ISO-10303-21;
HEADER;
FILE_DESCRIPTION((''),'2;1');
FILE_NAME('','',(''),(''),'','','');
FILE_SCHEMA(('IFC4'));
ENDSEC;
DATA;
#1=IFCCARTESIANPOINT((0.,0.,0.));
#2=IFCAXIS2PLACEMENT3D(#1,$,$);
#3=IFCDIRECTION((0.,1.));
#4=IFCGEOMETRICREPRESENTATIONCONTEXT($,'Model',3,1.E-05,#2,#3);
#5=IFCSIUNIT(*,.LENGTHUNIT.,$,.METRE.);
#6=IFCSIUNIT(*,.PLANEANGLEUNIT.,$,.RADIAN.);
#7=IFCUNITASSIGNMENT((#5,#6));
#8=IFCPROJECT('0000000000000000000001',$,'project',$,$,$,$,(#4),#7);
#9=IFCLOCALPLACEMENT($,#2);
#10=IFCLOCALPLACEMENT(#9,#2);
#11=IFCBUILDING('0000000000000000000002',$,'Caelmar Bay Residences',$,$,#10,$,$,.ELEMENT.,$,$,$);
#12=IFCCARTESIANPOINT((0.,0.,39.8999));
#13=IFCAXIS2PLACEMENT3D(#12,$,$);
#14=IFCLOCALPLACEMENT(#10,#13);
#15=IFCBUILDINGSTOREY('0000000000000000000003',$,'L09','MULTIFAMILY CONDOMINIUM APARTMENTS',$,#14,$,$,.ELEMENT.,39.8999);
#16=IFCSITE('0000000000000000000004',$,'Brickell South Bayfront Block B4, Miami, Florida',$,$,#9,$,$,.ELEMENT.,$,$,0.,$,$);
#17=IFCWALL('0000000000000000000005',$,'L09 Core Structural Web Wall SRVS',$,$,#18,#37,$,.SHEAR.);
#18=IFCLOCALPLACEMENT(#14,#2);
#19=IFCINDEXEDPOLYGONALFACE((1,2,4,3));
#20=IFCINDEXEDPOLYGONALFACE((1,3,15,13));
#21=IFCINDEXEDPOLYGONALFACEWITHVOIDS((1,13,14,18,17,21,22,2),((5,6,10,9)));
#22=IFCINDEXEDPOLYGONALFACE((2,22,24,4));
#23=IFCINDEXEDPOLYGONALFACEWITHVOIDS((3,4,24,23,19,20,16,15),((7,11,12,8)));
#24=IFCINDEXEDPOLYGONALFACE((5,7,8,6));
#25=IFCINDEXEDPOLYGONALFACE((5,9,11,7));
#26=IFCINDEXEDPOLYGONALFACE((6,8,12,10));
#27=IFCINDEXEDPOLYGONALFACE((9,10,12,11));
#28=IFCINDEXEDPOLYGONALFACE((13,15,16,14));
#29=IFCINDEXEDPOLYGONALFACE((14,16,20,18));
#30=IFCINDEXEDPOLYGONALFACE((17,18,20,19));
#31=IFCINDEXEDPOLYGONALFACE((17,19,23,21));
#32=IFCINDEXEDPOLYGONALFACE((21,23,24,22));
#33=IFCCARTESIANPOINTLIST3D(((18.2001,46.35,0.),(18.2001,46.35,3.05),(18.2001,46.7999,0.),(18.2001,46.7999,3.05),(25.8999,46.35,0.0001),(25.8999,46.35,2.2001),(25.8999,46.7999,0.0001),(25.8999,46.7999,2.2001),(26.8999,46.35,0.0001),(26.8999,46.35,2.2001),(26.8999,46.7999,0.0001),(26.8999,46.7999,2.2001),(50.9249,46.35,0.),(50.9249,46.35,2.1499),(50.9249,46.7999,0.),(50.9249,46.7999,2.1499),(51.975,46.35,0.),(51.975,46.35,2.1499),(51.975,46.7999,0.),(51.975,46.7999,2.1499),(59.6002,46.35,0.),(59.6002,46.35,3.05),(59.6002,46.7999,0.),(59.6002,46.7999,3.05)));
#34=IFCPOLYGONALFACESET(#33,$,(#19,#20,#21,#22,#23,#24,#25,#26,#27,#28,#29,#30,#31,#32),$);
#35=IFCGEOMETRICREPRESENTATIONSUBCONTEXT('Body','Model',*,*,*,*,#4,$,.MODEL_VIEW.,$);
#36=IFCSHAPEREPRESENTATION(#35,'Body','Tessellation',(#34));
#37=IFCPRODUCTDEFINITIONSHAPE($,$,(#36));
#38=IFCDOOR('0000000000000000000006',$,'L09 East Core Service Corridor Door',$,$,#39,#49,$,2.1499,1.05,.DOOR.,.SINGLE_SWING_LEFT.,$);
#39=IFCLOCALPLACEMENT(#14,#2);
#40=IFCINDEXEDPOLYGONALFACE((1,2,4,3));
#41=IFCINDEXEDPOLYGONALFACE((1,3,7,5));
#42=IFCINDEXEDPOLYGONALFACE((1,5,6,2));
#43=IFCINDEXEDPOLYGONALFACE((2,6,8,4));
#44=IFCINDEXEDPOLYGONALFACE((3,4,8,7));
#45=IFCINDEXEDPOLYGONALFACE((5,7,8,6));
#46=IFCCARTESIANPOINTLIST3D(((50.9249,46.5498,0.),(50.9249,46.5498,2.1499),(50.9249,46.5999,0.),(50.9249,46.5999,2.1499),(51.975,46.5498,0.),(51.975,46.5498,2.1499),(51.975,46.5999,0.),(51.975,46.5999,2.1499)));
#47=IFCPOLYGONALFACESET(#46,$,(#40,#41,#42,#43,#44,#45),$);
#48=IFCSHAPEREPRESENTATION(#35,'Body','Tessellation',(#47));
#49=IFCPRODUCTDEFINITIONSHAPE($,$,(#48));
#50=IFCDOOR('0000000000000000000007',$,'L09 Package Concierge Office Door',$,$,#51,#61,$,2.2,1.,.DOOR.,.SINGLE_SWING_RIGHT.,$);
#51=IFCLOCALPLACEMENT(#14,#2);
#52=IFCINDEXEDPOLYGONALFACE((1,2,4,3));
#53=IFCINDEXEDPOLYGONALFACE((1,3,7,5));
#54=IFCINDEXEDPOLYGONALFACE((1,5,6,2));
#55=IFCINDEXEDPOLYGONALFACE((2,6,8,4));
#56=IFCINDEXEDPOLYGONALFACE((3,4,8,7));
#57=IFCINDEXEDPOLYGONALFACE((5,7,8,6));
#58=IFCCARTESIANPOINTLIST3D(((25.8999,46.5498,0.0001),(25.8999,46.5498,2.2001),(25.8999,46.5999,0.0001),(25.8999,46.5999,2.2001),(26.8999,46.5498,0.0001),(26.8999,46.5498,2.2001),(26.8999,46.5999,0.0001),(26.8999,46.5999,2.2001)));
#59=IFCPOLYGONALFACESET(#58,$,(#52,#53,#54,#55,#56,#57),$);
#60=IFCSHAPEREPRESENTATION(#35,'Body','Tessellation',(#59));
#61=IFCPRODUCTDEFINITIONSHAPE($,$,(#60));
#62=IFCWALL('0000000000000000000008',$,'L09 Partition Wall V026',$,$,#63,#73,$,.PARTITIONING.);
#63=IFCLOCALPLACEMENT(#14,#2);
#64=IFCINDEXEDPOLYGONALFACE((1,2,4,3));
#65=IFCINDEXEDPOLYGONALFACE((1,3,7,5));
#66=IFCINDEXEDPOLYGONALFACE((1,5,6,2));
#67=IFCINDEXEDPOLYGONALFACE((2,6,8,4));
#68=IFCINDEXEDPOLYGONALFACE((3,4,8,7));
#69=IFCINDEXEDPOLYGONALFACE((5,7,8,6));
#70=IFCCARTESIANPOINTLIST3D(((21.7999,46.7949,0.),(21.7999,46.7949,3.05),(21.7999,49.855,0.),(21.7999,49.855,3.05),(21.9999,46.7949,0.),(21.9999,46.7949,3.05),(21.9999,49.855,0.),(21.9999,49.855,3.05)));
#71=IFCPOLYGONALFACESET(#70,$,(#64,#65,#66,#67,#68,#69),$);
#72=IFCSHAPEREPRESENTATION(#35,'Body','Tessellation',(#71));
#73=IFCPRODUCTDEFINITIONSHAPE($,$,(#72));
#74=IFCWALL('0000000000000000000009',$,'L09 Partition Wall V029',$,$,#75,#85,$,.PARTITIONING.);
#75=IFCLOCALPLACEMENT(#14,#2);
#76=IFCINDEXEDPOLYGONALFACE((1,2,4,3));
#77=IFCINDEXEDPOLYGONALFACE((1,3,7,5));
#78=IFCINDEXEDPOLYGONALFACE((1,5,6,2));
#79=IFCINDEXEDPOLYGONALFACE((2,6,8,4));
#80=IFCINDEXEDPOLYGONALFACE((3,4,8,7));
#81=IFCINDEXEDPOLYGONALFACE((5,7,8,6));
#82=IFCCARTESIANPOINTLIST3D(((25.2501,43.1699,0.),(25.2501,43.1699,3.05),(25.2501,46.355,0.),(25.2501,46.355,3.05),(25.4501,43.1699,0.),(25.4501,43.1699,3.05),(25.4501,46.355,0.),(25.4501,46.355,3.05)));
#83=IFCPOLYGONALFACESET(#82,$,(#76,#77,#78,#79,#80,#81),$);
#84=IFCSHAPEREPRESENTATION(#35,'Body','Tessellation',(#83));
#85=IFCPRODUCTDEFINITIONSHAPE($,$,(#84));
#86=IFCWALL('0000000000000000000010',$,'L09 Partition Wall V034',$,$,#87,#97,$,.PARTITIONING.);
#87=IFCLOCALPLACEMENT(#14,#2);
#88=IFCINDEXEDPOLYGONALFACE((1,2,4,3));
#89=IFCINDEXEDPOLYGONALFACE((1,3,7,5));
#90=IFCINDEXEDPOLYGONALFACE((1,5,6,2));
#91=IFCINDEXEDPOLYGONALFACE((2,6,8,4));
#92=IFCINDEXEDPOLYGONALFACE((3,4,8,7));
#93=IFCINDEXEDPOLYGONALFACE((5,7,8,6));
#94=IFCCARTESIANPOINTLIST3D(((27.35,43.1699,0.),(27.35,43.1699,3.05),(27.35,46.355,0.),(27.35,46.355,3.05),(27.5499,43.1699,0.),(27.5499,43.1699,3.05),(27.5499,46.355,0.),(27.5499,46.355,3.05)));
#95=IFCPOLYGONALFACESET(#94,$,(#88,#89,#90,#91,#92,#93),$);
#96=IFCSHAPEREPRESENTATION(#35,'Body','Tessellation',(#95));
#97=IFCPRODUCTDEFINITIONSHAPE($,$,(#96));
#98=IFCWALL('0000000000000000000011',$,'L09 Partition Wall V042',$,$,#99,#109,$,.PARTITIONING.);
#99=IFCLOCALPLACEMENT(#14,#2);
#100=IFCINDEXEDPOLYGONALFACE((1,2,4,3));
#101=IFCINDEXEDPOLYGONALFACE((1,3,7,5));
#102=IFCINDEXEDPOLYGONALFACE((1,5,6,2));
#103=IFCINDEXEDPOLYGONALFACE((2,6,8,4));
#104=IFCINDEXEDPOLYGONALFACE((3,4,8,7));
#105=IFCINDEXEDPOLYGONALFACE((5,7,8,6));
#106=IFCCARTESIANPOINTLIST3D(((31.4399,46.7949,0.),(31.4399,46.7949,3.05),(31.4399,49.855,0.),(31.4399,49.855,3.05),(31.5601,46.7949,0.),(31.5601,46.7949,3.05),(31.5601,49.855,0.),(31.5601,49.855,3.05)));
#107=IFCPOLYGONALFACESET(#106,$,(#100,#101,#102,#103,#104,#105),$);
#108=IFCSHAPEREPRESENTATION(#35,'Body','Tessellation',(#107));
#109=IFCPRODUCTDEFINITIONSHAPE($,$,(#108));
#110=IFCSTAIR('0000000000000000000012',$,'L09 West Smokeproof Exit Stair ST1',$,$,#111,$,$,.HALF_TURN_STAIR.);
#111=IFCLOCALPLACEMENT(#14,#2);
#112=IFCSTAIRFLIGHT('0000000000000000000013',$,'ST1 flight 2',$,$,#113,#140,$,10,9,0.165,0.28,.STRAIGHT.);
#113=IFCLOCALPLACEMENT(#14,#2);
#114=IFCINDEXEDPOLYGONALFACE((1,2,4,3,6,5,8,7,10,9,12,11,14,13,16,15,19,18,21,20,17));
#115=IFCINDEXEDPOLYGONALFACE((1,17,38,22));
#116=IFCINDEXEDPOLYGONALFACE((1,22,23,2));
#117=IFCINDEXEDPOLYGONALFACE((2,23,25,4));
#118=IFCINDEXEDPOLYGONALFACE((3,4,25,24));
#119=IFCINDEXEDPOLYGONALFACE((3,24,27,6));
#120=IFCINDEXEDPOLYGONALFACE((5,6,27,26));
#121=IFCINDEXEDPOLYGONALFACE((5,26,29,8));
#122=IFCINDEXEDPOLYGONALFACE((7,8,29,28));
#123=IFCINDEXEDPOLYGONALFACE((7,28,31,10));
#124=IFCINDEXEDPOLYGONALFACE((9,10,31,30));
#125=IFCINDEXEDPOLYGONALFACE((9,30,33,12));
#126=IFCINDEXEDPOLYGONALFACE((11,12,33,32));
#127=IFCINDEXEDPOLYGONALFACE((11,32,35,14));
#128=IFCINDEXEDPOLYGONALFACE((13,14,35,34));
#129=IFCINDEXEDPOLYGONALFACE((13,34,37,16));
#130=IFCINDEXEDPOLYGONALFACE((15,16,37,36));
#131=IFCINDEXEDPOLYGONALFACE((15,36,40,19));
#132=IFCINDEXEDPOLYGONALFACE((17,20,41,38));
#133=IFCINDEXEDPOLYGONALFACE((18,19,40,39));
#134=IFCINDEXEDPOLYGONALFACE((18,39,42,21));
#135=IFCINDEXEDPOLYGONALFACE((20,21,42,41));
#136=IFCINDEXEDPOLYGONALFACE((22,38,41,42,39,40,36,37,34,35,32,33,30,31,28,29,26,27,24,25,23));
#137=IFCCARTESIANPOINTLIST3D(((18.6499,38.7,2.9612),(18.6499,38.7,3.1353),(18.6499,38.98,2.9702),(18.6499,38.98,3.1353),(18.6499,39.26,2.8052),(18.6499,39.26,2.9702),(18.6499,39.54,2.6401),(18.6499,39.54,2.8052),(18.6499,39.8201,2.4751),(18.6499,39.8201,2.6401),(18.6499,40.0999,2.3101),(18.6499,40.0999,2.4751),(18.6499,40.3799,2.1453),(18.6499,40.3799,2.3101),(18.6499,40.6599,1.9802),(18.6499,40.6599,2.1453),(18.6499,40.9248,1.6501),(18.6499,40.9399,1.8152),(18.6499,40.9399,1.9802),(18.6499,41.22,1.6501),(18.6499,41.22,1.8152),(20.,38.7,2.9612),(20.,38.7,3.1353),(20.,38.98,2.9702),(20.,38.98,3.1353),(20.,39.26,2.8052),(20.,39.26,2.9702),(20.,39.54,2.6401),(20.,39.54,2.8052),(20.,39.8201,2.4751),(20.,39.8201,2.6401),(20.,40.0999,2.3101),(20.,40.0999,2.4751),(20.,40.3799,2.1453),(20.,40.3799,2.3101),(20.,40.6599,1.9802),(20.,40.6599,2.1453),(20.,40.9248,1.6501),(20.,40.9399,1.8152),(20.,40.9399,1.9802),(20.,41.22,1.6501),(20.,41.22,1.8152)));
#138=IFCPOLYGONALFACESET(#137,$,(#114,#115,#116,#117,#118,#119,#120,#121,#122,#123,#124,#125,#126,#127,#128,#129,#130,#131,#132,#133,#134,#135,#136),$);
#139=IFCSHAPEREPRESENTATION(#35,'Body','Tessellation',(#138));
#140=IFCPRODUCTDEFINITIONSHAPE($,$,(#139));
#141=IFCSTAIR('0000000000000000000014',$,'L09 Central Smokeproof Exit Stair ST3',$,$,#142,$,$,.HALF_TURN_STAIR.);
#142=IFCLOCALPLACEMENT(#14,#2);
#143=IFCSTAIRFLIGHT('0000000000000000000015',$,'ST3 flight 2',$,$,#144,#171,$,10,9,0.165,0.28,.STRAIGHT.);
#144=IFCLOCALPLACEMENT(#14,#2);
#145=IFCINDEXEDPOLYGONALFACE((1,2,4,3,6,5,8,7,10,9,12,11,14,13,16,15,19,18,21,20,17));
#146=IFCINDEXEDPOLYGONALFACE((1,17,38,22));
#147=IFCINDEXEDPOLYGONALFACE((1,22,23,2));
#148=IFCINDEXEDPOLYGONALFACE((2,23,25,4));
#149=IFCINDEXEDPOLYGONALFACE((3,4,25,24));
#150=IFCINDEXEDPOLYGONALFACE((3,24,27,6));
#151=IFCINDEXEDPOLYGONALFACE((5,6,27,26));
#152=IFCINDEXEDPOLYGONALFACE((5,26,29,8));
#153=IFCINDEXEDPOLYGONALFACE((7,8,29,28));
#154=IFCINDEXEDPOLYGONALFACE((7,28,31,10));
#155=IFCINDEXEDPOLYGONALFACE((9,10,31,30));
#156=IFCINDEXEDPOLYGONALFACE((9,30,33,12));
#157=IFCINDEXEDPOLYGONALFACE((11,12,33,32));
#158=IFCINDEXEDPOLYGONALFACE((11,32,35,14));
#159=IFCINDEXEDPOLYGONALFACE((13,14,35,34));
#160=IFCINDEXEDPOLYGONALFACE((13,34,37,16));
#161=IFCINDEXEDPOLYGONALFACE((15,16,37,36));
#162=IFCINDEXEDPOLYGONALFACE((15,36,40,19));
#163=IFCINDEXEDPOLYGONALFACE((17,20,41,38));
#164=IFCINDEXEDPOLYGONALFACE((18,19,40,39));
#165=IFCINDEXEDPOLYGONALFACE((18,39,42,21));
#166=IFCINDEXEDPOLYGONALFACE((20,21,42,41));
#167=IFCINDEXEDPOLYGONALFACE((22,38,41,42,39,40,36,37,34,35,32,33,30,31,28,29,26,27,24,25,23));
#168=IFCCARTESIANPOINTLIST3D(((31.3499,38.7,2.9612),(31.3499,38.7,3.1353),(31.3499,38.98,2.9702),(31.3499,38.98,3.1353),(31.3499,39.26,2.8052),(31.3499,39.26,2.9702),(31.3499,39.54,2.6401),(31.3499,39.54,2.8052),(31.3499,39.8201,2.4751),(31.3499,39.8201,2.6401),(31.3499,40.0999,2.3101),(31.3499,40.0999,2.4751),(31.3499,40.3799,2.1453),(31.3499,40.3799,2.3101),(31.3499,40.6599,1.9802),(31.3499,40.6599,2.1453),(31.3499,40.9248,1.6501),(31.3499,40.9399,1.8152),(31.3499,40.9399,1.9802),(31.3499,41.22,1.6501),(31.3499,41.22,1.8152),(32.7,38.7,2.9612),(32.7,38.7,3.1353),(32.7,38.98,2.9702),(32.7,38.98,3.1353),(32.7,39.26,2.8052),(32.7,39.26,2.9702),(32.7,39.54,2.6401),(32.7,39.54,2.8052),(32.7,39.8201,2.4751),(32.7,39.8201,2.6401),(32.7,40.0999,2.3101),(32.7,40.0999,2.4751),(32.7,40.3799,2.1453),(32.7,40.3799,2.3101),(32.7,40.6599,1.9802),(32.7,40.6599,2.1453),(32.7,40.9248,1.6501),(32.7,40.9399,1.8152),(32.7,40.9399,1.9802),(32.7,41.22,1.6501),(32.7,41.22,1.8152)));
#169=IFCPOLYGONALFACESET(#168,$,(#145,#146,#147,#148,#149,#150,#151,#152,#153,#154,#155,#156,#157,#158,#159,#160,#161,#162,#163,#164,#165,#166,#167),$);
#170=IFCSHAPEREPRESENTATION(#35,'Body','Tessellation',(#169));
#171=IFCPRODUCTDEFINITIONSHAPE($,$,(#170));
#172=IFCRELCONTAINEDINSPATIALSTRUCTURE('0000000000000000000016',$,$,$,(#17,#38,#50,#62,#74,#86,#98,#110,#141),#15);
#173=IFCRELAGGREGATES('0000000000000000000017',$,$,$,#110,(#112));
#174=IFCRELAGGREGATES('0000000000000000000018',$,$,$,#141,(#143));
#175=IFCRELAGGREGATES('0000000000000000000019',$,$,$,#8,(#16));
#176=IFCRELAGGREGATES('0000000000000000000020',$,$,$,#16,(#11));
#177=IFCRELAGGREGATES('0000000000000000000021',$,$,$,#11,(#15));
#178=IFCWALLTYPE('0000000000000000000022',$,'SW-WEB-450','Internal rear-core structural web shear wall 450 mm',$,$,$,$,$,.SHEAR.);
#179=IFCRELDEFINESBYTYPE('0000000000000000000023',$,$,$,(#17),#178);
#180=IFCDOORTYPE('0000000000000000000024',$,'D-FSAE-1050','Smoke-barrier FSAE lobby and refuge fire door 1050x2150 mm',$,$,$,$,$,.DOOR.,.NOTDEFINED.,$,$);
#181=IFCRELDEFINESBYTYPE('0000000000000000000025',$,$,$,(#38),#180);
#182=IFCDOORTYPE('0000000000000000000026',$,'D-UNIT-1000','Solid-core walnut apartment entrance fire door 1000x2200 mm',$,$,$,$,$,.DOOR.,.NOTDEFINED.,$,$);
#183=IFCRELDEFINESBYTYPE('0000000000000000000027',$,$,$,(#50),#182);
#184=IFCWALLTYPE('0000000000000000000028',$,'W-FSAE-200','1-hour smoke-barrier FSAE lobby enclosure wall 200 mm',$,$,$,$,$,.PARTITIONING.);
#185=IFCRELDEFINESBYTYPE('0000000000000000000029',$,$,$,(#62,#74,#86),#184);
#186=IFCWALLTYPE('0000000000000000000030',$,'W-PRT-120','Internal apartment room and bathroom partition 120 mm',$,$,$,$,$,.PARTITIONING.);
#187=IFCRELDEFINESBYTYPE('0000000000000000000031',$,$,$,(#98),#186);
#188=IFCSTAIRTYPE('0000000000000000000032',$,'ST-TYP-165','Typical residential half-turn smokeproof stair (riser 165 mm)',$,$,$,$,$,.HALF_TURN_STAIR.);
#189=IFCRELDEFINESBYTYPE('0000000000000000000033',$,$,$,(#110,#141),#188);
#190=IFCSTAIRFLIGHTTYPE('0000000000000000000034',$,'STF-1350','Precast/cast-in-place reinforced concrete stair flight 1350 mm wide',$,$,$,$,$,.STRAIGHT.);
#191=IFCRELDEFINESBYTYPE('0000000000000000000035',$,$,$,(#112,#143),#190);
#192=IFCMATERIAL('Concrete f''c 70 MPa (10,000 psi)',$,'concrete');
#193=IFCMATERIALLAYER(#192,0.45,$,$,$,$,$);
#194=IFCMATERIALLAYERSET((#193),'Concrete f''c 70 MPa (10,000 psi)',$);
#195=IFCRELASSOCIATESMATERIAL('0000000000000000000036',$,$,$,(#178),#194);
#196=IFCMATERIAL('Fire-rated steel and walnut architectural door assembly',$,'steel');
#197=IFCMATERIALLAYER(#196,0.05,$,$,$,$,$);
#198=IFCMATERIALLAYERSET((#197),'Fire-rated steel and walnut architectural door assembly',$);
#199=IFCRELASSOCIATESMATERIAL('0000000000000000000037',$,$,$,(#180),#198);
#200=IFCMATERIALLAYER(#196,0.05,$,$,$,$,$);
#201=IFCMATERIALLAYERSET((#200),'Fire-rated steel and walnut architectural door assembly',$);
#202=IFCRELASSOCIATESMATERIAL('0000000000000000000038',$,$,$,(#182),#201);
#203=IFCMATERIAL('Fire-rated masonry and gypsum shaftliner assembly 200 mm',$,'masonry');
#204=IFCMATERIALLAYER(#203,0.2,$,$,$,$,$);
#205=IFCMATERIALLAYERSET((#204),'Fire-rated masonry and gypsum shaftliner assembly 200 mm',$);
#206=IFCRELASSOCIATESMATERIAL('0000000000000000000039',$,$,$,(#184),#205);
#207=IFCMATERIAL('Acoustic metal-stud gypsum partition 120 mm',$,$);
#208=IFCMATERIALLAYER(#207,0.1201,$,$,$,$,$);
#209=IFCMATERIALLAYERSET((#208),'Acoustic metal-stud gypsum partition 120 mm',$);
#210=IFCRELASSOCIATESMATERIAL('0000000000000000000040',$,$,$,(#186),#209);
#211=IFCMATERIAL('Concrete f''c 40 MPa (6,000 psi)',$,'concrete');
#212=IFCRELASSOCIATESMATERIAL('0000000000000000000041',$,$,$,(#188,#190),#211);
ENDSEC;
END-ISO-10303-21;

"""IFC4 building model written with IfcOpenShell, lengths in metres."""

from ifc_helpers import new_model, si_unit, direction, frame, frame_2d, origin, place, context, subcontext, project, spatial, polyline, rectangle, outline, extrude, material, layer, layer_set, type_object, element, fill, aggregate, save


model = new_model("IFC4")

# Units and contexts
model_context = context("Model", 3, precision=1e-05, world=origin(), true_north=direction((0.0, 1.0)))
body_context = subcontext(model_context, "Body", "Model", "MODEL_VIEW")
ifc_project = project(units=[si_unit("LENGTHUNIT", "METRE"), si_unit("PLANEANGLEUNIT", "RADIAN")], contexts=[model_context])

# Site, building, storey
site_placement = place(None, origin())
site = spatial("IfcSite", under=ifc_project, at=site_placement, Name="Brickell South Bayfront Block B4, Miami, Florida", CompositionType="ELEMENT", RefElevation=0.0)
building_placement = place(site_placement, origin())
building = spatial("IfcBuilding", under=site, at=building_placement, Name="Caelmar Bay Residences", CompositionType="ELEMENT")
storey_placement = place(building_placement, frame((0.0, 0.0, 39.8999)))
storey = spatial("IfcBuildingStorey", under=building, at=storey_placement, Name="L09", Description="MULTIFAMILY CONDOMINIUM APARTMENTS", CompositionType="ELEMENT", Elevation=39.8999)

# Shared definitions
ifc_material_1 = material(Name="Concrete f'c 70 MPa (10,000 psi)", Category="concrete")

# Wall, openings, doors
ifc_layer_1 = layer(ifc_material_1, 0.45)
ifc_layer_set_1 = layer_set([ifc_layer_1], Name="Concrete f'c 70 MPa (10,000 psi)")
wall_type_1 = type_object("IfcWallType", Name="SW-WEB-450", Description="Internal rear-core structural web shear wall 450 mm", PredefinedType="SHEAR", material=ifc_layer_set_1)
ifc_material_2 = material(Name="Fire-rated steel and walnut architectural door assembly", Category="steel")
ifc_layer_2 = layer(ifc_material_2, 0.05)
ifc_layer_set_2 = layer_set([ifc_layer_2], Name="Fire-rated steel and walnut architectural door assembly")
door_type_1 = type_object("IfcDoorType", Name="D-FSAE-1050", Description="Smoke-barrier FSAE lobby and refuge fire door 1050x2150 mm", OperationType="NOTDEFINED", PredefinedType="DOOR", material=ifc_layer_set_2)
wall_1_placement = place(storey_placement, frame((18.2, 46.575, 0.0), z_axis=(0.0, 0.0, 1.0), x_axis=(1.0, 0.0, 0.0)))
wall_1 = element("IfcWall", 1, at=wall_1_placement, inside=storey, type_object=wall_type_1, Name="L09 Core Structural Web Wall SRVS", PredefinedType="SHEAR", context=body_context, shape_type="SweptSolid", body=[
    extrude(rectangle(XDim=41.4001, YDim=0.45, at=frame_2d((20.7002, 0.0))), origin(), (0.0, 0.0, 1.0), 3.05),
])
opening_1_placement = place(wall_1_placement, frame((7.7, 0.0, 0.0)))
opening_1 = element("IfcOpeningElement", 2, at=opening_1_placement, cuts=wall_1, PredefinedType="OPENING", context=body_context, shape_type="SweptSolid", body=[
    extrude(rectangle(XDim=1.0, YDim=2.2, at=frame_2d((0.5, 1.1001))), frame((0.0, 0.2349, 0.0), z_axis=(0.0, -1.0, 0.0), x_axis=(1.0, 0.0, 0.0)), (0.0, 0.0, 1.0), 0.47),
])
opening_2_placement = place(wall_1_placement, frame((32.7251, 0.0, 0.0)))
opening_2 = element("IfcOpeningElement", 3, at=opening_2_placement, cuts=wall_1, PredefinedType="OPENING", context=body_context, shape_type="SweptSolid", body=[
    extrude(rectangle(XDim=1.05, YDim=2.1499, at=frame_2d((0.5249, 1.075))), frame((0.0, 0.2349, 0.0), z_axis=(0.0, -1.0, 0.0), x_axis=(1.0, 0.0, 0.0)), (0.0, 0.0, 1.0), 0.47),
])
door_1_placement = place(opening_2_placement, origin())
door_1 = element("IfcDoor", 4, at=door_1_placement, inside=storey, type_object=door_type_1, Name="L09 East Core Service Corridor Door", OperationType="SINGLE_SWING_LEFT", OverallHeight=2.1499, OverallWidth=1.05, PredefinedType="DOOR", context=body_context, shape_type="SweptSolid", body=[
    extrude(rectangle(XDim=1.05, YDim=2.1499, at=frame_2d((0.5249, 1.075))), frame((0.0, 0.0249, 0.0), z_axis=(0.0, -1.0, 0.0), x_axis=(1.0, 0.0, 0.0)), (0.0, 0.0, 1.0), 0.05),
])
fill(opening_2, door_1)
ifc_layer_3 = layer(ifc_material_2, 0.05)
ifc_layer_set_3 = layer_set([ifc_layer_3], Name="Fire-rated steel and walnut architectural door assembly")
door_type_2 = type_object("IfcDoorType", Name="D-UNIT-1000", Description="Solid-core walnut apartment entrance fire door 1000x2200 mm", OperationType="NOTDEFINED", PredefinedType="DOOR", material=ifc_layer_set_3)
door_2_placement = place(opening_1_placement, origin())
door_2 = element("IfcDoor", 5, at=door_2_placement, inside=storey, type_object=door_type_2, Name="L09 Package Concierge Office Door", OperationType="SINGLE_SWING_RIGHT", OverallHeight=2.2, OverallWidth=1.0, PredefinedType="DOOR", context=body_context, shape_type="SweptSolid", body=[
    extrude(rectangle(XDim=1.0, YDim=2.2, at=frame_2d((0.5, 1.1001))), frame((0.0, 0.0249, 0.0), z_axis=(0.0, -1.0, 0.0), x_axis=(1.0, 0.0, 0.0)), (0.0, 0.0, 1.0), 0.05),
])
fill(opening_1, door_2)

# Walls
ifc_material_3 = material(Name="Fire-rated masonry and gypsum shaftliner assembly 200 mm", Category="masonry")
ifc_layer_4 = layer(ifc_material_3, 0.2)
ifc_layer_set_4 = layer_set([ifc_layer_4], Name="Fire-rated masonry and gypsum shaftliner assembly 200 mm")
wall_type_2 = type_object("IfcWallType", Name="W-FSAE-200", Description="1-hour smoke-barrier FSAE lobby enclosure wall 200 mm", PredefinedType="PARTITIONING", material=ifc_layer_set_4)
wall_2_placement = place(storey_placement, frame((21.8999, 46.7949, 0.0), z_axis=(0.0, 0.0, 1.0), x_axis=(0.0, 1.0, 0.0)))
element("IfcWall", 6, at=wall_2_placement, inside=storey, type_object=wall_type_2, Name="L09 Partition Wall V026", PredefinedType="PARTITIONING", context=body_context, shape_type="SweptSolid", body=[
    extrude(rectangle(XDim=3.0601, YDim=0.2, at=frame_2d((1.53, 0.0))), origin(), (0.0, 0.0, 1.0), 3.05),
])
for number, where, z_axis, x_axis, name in (
    (7, (25.3501, 43.1699, 0.0), (0.0, 0.0, 1.0), (0.0, 1.0, 0.0), "L09 Partition Wall V029"),
    (8, (27.45, 43.1699, 0.0), (0.0, 0.0, 1.0), (0.0, 1.0, 0.0), "L09 Partition Wall V034"),
):
    element("IfcWall", number, at=place(storey_placement, frame(where, z_axis=z_axis, x_axis=x_axis)), inside=storey, type_object=wall_type_2, Name=name, PredefinedType="PARTITIONING", context=body_context, shape_type="SweptSolid", body=[
        extrude(rectangle(XDim=3.1851, YDim=0.2, at=frame_2d((1.5925, 0.0))), origin(), (0.0, 0.0, 1.0), 3.05),
    ])
ifc_material_4 = material(Name="Acoustic metal-stud gypsum partition 120 mm")
ifc_layer_5 = layer(ifc_material_4, 0.1201)
ifc_layer_set_5 = layer_set([ifc_layer_5], Name="Acoustic metal-stud gypsum partition 120 mm")
wall_type_3 = type_object("IfcWallType", Name="W-PRT-120", Description="Internal apartment room and bathroom partition 120 mm", PredefinedType="PARTITIONING", material=ifc_layer_set_5)
wall_3_placement = place(storey_placement, frame((31.5, 46.7949, 0.0), z_axis=(0.0, 0.0, 1.0), x_axis=(0.0, 1.0, 0.0)))
element("IfcWall", 9, at=wall_3_placement, inside=storey, type_object=wall_type_3, Name="L09 Partition Wall V042", PredefinedType="PARTITIONING", context=body_context, shape_type="SweptSolid", body=[
    extrude(rectangle(XDim=3.0601, YDim=0.1201, at=frame_2d((1.53, 0.0))), origin(), (0.0, 0.0, 1.0), 3.05),
])

# Stairs, stair flights
ifc_material_5 = material(Name="Concrete f'c 40 MPa (6,000 psi)", Category="concrete")
stair_type = type_object("IfcStairType", Name="ST-TYP-165", Description="Typical residential half-turn smokeproof stair (riser 165 mm)", PredefinedType="HALF_TURN_STAIR", material=ifc_material_5)
stair_1_placement = place(storey_placement, origin())
stair_1 = element("IfcStair", 10, at=stair_1_placement, inside=storey, type_object=stair_type, Name="L09 West Smokeproof Exit Stair ST1", PredefinedType="HALF_TURN_STAIR")
stair_flight_type = type_object("IfcStairFlightType", Name="STF-1350", Description="Precast/cast-in-place reinforced concrete stair flight 1350 mm wide", PredefinedType="STRAIGHT", material=ifc_material_5)
stair_flight_1_placement = place(storey_placement, frame((19.325, 41.22, 1.6501), z_axis=(0.0, 0.0, 1.0), x_axis=(0.0, -1.0, 0.0)))
stair_flight_1 = element("IfcStairFlight", 11, at=stair_flight_1_placement, type_object=stair_flight_type, Name="ST1 flight 2", NumberOfRisers=10, NumberOfTreads=9, PredefinedType="STRAIGHT", RiserHeight=0.165, TreadLength=0.28, context=body_context, shape_type="SweptSolid", body=[
    extrude(outline(polyline([(0.0, 0.0), (0.0, 0.165), (0.28, 0.165), (0.28, 0.3301), (0.5601, 0.3301), (0.5601, 0.4951), (0.8401, 0.4951), (0.8401, 0.6599), (1.1201, 0.6599), (1.1201, 0.825), (1.3999, 0.825), (1.3999, 0.99), (1.6799, 0.99), (1.6799, 1.155), (1.96, 1.155), (1.96, 1.3201), (2.24, 1.3201), (2.24, 1.4851), (2.52, 1.4851), (2.52, 1.6499), (2.52, 1.311), (0.2952, 0.0), (0.0, 0.0)])), frame((0.0, 0.675, 0.0), z_axis=(0.0, -1.0, 0.0), x_axis=(1.0, 0.0, 0.0)), (0.0, 0.0, 1.0), 1.3501),
])
aggregate(stair_1, [stair_flight_1])
stair_2_placement = place(storey_placement, origin())
stair_2 = element("IfcStair", 12, at=stair_2_placement, inside=storey, type_object=stair_type, Name="L09 Central Smokeproof Exit Stair ST3", PredefinedType="HALF_TURN_STAIR")
stair_flight_2_placement = place(storey_placement, frame((32.0249, 41.22, 1.6501), z_axis=(0.0, 0.0, 1.0), x_axis=(0.0, -1.0, 0.0)))
stair_flight_2 = element("IfcStairFlight", 13, at=stair_flight_2_placement, type_object=stair_flight_type, Name="ST3 flight 2", NumberOfRisers=10, NumberOfTreads=9, PredefinedType="STRAIGHT", RiserHeight=0.165, TreadLength=0.28, context=body_context, shape_type="SweptSolid", body=[
    extrude(outline(polyline([(0.0, 0.0), (0.0, 0.165), (0.28, 0.165), (0.28, 0.3301), (0.5601, 0.3301), (0.5601, 0.4951), (0.8401, 0.4951), (0.8401, 0.6599), (1.1201, 0.6599), (1.1201, 0.825), (1.3999, 0.825), (1.3999, 0.99), (1.6799, 0.99), (1.6799, 1.155), (1.96, 1.155), (1.96, 1.3201), (2.24, 1.3201), (2.24, 1.4851), (2.52, 1.4851), (2.52, 1.6499), (2.52, 1.311), (0.2952, 0.0), (0.0, 0.0)])), frame((0.0, 0.675, 0.0), z_axis=(0.0, -1.0, 0.0), x_axis=(1.0, 0.0, 0.0)), (0.0, 0.0, 1.0), 1.3501),
])
aggregate(stair_2, [stair_flight_2])

save(model, "model.ifc")
